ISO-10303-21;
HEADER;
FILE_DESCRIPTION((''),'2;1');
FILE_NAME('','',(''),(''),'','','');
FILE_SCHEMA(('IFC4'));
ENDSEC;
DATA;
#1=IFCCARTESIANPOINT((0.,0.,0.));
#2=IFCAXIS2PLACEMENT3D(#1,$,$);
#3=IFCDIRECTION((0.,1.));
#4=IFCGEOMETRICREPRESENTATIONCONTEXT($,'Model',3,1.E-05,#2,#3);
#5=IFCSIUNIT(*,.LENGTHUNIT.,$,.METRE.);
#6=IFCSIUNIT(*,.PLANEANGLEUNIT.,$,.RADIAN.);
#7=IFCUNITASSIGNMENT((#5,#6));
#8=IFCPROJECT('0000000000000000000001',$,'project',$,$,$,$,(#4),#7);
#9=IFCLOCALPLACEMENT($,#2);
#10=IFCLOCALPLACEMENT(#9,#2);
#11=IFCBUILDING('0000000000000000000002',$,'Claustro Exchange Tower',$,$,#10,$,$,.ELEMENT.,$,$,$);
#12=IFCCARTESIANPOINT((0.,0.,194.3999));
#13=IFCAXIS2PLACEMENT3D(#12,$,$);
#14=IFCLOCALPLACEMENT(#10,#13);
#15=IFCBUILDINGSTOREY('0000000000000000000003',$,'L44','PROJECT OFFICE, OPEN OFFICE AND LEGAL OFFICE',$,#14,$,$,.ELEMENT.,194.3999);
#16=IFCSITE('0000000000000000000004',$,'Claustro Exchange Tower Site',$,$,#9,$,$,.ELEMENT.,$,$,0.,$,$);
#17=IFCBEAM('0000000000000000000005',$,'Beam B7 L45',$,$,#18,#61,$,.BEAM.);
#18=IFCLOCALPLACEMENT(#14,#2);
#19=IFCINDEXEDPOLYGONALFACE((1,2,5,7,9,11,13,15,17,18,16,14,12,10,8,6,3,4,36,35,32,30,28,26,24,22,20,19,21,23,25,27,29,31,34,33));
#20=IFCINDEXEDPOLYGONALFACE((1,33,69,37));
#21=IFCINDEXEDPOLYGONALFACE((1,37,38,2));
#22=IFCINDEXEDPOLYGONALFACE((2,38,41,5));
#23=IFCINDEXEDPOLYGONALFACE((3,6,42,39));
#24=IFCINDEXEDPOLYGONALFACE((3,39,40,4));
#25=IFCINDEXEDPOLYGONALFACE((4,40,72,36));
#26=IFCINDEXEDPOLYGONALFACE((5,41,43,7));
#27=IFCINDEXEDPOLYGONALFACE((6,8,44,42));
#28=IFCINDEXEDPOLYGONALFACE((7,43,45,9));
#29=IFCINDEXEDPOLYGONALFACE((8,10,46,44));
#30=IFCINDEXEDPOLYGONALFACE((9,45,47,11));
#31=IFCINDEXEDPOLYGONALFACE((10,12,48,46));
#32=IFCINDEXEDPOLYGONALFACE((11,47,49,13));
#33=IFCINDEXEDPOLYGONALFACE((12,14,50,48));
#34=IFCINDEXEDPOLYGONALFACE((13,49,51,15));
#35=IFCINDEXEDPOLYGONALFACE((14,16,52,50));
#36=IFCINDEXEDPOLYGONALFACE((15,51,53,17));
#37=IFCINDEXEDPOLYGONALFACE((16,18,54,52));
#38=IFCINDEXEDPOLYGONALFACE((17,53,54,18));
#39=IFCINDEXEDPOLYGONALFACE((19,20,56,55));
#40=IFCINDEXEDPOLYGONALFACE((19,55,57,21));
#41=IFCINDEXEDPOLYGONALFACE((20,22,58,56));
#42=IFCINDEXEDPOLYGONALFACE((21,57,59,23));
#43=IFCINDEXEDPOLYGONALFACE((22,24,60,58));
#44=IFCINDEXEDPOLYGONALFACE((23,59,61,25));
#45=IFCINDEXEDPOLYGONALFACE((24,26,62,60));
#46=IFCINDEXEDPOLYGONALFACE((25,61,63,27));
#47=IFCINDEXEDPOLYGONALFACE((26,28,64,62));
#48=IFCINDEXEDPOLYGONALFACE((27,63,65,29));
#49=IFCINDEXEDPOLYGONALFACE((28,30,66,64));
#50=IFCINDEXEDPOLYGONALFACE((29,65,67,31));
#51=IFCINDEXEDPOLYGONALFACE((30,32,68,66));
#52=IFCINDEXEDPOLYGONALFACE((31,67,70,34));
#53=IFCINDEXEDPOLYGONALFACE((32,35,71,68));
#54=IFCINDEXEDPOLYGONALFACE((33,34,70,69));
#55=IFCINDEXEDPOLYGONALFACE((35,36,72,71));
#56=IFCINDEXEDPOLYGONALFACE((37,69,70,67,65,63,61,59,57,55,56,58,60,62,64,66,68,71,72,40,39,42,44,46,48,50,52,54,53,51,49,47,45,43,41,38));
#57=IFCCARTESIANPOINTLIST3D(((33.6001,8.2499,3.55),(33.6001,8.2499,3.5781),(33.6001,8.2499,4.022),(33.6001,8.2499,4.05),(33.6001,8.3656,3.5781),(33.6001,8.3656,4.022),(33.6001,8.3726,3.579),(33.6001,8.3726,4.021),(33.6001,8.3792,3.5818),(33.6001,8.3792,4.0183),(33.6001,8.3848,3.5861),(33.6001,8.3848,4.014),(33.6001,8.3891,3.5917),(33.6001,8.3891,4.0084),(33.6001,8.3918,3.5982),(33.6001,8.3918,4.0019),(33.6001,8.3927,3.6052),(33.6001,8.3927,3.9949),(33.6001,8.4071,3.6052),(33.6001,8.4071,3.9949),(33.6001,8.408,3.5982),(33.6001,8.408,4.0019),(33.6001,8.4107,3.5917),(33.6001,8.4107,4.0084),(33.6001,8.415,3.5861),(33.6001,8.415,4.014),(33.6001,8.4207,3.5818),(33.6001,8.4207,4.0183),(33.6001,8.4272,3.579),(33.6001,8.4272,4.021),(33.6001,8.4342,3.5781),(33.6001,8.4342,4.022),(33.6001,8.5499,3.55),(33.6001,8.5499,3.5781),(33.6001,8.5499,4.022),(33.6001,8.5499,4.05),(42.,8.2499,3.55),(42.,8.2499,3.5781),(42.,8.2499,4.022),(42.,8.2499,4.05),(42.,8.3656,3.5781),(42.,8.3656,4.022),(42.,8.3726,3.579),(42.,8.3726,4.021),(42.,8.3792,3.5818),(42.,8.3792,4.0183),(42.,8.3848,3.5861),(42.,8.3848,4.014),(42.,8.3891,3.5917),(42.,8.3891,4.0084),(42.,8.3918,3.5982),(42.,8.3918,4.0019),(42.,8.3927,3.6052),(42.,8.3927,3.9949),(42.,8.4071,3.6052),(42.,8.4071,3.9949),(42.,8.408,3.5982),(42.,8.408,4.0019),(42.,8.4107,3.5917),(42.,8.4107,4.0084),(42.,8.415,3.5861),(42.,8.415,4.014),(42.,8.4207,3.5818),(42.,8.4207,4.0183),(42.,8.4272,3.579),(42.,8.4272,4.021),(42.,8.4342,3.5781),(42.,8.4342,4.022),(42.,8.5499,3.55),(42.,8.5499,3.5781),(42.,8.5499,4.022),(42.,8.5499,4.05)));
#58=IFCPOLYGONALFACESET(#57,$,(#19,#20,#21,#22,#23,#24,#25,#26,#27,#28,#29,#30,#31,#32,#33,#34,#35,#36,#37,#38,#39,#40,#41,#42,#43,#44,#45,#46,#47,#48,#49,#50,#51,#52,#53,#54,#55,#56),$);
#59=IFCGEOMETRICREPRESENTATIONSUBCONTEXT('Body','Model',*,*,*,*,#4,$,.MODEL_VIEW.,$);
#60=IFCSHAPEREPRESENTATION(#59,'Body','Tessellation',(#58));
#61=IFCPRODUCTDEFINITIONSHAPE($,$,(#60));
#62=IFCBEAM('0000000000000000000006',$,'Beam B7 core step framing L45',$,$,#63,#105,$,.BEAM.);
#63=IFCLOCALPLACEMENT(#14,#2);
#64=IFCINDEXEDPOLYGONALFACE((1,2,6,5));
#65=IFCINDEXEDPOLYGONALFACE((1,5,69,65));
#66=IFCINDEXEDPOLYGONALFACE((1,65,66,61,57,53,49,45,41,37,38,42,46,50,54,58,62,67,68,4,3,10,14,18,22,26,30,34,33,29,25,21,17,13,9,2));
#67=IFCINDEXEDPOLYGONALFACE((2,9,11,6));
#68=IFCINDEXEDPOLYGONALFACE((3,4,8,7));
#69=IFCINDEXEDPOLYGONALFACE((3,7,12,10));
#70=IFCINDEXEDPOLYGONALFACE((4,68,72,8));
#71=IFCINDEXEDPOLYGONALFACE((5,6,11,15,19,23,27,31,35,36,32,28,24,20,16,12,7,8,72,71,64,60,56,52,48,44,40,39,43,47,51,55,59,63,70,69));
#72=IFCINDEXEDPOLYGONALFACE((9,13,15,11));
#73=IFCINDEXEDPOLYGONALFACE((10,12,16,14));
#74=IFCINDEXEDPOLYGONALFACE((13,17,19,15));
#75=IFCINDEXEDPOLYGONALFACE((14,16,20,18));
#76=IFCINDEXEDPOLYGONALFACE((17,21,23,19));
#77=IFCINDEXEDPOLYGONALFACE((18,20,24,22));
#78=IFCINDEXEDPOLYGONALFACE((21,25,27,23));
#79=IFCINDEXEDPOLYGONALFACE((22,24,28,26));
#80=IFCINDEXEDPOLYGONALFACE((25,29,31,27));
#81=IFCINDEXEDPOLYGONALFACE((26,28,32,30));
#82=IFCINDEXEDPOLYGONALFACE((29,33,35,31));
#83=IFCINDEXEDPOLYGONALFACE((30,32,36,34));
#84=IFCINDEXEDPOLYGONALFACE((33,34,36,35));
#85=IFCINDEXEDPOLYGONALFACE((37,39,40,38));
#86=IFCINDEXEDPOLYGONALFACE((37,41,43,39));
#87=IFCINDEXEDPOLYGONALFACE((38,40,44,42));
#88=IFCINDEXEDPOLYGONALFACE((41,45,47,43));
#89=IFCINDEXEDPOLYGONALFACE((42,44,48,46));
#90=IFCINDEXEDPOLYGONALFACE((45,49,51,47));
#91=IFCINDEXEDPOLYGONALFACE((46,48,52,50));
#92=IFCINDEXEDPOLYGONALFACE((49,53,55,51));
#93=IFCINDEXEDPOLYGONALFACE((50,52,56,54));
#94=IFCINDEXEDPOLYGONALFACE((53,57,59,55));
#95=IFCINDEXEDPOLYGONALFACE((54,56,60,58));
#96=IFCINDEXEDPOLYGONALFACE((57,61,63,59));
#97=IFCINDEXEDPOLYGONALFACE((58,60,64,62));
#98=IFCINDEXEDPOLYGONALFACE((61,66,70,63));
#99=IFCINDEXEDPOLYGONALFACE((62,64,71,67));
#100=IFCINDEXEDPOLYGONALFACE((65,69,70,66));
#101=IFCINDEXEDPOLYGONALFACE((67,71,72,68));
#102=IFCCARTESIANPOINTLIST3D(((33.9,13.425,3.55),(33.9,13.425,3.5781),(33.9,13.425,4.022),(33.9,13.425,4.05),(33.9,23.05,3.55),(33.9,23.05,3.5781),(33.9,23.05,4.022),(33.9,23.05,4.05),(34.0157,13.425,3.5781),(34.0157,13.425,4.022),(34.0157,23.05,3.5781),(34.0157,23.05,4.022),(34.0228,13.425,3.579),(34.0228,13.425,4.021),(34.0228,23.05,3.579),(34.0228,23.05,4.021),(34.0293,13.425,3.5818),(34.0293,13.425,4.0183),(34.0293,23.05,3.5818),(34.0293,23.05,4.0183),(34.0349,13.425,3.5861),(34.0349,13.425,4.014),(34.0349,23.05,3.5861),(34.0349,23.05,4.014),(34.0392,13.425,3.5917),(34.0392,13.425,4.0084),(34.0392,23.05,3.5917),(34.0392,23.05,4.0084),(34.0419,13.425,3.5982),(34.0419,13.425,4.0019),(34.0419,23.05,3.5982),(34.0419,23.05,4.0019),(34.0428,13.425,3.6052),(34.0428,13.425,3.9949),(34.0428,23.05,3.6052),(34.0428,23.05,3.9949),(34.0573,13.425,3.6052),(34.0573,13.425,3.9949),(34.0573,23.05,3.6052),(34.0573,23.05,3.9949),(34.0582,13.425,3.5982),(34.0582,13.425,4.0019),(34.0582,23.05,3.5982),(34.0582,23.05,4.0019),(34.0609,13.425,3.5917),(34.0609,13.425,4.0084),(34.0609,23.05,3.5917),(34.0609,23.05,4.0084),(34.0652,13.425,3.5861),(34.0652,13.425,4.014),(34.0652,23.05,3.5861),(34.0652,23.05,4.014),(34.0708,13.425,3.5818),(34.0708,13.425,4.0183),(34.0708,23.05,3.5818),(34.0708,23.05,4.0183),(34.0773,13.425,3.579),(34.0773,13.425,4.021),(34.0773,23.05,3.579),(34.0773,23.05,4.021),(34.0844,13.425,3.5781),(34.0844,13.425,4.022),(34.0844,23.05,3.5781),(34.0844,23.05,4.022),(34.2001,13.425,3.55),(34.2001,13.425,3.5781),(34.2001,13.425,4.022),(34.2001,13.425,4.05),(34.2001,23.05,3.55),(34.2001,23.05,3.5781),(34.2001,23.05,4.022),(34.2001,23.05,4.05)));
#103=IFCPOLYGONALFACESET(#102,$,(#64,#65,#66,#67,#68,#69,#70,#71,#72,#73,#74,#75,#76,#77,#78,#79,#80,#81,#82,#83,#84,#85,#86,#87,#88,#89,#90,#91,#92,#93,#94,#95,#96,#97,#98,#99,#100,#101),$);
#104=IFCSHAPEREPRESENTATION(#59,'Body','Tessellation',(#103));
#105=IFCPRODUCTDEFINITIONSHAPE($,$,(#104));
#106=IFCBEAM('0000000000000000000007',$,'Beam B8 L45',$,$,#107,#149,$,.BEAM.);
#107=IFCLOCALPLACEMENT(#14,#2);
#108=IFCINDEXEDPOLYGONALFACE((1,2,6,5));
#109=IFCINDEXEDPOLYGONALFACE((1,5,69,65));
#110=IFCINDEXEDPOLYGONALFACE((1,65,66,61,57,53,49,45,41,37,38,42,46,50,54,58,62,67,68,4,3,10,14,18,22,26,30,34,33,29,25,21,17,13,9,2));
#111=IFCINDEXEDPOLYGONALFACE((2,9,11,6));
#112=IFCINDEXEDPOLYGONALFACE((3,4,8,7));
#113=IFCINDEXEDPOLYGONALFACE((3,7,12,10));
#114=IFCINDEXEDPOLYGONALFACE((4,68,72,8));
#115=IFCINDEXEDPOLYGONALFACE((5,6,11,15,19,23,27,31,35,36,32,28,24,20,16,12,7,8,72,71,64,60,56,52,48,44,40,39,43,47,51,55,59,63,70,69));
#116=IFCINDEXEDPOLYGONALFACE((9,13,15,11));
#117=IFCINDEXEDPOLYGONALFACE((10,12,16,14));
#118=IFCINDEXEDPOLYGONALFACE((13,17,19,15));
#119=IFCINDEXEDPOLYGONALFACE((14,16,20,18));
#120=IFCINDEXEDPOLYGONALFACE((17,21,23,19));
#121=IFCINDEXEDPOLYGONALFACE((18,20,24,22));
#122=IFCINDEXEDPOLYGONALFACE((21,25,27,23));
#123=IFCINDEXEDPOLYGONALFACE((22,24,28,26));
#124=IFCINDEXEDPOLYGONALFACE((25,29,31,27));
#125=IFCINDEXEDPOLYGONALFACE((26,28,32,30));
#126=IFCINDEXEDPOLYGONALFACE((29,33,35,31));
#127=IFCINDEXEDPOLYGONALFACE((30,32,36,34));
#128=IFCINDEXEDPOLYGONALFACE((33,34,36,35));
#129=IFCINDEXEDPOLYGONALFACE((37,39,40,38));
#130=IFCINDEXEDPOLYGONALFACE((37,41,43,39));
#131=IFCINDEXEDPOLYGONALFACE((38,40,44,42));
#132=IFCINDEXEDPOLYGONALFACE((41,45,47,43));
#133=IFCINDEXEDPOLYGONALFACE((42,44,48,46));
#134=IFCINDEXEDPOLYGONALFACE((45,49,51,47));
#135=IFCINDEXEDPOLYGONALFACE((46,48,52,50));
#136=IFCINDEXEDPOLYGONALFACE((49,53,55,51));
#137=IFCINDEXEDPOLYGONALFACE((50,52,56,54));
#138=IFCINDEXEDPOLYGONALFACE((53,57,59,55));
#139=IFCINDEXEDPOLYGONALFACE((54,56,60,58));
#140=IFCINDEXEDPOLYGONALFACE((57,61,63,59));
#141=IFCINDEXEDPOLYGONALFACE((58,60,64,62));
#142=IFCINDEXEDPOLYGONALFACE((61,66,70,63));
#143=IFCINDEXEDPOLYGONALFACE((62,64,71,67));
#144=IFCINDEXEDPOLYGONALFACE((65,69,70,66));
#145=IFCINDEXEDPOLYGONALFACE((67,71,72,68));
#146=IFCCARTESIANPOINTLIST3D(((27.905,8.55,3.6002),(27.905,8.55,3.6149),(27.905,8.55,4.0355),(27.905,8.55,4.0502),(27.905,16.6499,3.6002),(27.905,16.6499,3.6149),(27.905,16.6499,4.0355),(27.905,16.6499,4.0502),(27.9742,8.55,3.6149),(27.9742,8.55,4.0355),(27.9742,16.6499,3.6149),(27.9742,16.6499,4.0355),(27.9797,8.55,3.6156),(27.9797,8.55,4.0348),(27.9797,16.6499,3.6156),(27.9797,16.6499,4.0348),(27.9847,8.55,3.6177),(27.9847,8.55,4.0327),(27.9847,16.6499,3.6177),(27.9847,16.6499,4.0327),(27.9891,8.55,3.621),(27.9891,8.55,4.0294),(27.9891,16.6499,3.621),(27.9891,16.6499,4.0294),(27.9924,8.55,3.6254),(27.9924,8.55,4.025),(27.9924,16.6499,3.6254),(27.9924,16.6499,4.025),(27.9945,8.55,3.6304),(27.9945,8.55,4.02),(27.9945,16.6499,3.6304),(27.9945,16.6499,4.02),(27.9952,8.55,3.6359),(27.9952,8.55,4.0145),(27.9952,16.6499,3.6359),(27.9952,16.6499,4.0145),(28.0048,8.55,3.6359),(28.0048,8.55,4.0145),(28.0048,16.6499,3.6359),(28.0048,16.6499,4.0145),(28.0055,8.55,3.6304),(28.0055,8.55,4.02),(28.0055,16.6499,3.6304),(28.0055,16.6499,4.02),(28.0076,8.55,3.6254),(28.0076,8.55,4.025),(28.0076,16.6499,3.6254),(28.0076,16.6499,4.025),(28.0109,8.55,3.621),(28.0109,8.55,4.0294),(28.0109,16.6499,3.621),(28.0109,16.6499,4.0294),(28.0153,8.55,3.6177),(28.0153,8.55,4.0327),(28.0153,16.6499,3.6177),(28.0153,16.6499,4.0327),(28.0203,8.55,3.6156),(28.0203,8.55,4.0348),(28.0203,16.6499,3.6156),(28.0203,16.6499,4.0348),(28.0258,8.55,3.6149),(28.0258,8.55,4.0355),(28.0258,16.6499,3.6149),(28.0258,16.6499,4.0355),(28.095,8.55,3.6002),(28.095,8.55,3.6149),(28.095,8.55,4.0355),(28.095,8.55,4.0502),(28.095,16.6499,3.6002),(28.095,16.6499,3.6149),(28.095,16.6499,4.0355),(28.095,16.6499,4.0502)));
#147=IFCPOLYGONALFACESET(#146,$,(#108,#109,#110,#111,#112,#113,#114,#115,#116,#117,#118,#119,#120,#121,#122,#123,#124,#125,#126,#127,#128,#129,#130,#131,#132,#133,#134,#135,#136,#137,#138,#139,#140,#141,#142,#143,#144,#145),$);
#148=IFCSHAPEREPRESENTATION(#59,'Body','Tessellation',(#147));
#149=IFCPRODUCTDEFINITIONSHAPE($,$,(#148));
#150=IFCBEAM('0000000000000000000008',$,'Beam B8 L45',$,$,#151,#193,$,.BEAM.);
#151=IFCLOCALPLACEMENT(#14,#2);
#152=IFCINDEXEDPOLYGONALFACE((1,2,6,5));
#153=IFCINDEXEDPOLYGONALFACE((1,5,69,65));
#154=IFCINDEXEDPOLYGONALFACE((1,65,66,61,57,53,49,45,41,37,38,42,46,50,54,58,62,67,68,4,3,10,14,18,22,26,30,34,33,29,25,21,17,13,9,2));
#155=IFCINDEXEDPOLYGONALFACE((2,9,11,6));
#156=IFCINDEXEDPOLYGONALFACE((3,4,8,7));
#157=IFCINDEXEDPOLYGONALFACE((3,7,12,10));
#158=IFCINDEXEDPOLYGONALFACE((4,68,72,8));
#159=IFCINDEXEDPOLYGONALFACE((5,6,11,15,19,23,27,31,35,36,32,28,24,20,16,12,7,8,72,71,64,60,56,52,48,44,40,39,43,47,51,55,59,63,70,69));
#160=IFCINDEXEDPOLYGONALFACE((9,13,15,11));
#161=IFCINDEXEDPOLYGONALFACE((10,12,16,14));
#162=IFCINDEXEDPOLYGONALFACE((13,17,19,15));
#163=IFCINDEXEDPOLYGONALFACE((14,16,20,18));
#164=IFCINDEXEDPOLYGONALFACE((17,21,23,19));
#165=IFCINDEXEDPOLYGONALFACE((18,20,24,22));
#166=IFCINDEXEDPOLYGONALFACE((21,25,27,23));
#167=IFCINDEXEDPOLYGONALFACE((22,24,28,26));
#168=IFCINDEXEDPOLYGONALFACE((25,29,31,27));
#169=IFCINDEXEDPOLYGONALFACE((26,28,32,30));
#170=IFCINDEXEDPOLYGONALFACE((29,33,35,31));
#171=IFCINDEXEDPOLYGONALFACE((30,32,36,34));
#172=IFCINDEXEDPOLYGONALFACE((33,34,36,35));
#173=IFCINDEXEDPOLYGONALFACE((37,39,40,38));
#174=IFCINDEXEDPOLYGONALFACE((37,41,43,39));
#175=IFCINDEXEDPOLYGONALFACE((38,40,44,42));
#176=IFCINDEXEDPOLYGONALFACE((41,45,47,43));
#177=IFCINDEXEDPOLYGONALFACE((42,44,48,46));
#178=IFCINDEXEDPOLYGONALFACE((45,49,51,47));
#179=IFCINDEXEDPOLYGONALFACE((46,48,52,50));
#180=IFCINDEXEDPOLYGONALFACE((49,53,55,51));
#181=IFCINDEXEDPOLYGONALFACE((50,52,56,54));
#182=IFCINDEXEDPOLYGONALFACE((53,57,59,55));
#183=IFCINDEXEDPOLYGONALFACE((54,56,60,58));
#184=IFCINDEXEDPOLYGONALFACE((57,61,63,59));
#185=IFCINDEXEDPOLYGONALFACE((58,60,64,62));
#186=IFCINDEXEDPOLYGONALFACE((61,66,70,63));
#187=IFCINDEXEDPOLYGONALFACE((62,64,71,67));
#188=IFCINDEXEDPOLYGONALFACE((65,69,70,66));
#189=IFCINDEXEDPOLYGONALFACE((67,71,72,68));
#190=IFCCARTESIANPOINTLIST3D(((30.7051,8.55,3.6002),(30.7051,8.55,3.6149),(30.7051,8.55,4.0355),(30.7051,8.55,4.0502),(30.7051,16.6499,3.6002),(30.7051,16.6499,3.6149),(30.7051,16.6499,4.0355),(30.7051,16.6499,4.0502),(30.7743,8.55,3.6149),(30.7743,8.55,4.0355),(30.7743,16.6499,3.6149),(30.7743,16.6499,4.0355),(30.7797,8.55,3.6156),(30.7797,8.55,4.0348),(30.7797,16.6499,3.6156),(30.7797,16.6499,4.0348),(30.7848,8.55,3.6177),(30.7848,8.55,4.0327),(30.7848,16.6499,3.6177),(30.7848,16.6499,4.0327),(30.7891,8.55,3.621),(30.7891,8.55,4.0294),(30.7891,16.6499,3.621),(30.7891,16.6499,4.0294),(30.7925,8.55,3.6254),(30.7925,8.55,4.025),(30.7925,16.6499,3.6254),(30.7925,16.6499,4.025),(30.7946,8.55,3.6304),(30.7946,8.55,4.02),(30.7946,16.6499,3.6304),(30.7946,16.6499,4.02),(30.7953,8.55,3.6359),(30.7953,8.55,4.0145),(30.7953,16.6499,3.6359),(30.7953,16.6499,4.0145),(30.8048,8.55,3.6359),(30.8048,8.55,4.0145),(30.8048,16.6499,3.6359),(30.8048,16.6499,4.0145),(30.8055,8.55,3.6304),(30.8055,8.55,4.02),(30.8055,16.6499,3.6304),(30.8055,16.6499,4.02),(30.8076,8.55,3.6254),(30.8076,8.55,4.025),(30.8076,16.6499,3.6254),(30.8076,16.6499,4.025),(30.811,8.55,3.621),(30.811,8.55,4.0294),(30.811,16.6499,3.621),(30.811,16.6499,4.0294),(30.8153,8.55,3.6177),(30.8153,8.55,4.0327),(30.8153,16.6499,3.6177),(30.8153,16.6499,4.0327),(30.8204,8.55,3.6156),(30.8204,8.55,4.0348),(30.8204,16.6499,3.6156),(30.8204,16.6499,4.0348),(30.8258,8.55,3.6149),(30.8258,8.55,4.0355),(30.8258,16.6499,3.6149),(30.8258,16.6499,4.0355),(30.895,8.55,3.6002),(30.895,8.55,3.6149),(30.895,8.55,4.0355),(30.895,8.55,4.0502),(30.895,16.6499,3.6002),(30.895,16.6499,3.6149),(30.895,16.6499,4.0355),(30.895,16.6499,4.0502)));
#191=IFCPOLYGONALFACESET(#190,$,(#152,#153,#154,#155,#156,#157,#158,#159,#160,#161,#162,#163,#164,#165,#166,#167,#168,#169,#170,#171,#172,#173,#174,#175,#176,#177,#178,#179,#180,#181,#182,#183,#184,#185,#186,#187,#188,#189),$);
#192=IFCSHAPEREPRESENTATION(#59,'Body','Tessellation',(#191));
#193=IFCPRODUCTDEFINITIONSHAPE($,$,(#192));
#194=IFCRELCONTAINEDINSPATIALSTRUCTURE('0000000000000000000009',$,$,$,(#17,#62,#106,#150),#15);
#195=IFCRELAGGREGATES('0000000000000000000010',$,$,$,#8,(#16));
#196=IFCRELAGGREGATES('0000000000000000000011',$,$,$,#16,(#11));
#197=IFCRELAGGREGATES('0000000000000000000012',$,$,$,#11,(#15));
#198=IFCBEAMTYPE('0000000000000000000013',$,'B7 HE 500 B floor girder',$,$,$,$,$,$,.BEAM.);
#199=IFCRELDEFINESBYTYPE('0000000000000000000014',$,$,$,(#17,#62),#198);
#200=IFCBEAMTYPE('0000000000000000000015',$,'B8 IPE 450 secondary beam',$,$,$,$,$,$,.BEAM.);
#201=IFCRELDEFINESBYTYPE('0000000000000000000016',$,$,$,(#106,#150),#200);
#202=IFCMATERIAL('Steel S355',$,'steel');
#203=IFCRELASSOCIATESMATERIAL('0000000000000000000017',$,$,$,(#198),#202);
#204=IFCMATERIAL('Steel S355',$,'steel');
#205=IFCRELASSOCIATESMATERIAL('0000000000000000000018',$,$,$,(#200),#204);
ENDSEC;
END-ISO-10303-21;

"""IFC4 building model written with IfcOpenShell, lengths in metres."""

from ifc_helpers import new_model, si_unit, direction, frame, origin, origin_2d, place, context, subcontext, project, spatial, i_section, extrude, material, material_profile, profile_set, type_object, element, save


model = new_model("IFC4")

# Units and contexts
model_context = context("Model", 3, precision=1e-05, world=origin(), true_north=direction((0.0, 1.0)))
body_context = subcontext(model_context, "Body", "Model", "MODEL_VIEW")
ifc_project = project(units=[si_unit("LENGTHUNIT", "METRE"), si_unit("PLANEANGLEUNIT", "RADIAN")], contexts=[model_context])

# Site, building, storey
site_placement = place(None, origin())
site = spatial("IfcSite", under=ifc_project, at=site_placement, Name="Claustro Exchange Tower Site", CompositionType="ELEMENT", RefElevation=0.0)
building_placement = place(site_placement, origin())
building = spatial("IfcBuilding", under=site, at=building_placement, Name="Claustro Exchange Tower", CompositionType="ELEMENT")
storey_placement = place(building_placement, frame((0.0, 0.0, 194.3999)))
storey = spatial("IfcBuildingStorey", under=building, at=storey_placement, Name="L44", Description="PROJECT OFFICE, OPEN OFFICE AND LEGAL OFFICE", CompositionType="ELEMENT", Elevation=194.3999)

# Beams
ifc_material_1 = material(Name="Steel S355", Category="steel")
ifc_material_profile_1 = material_profile(ifc_material_1, i_section(OverallWidth=0.3, OverallDepth=0.5, WebThickness=0.0144, FlangeThickness=0.0281, FilletRadius=0.0271, at=origin_2d()), Name="HE 500 B")
ifc_profile_set_1 = profile_set([ifc_material_profile_1], Name="Steel S355")
beam_type_1 = type_object("IfcBeamType", Name="B7 HE 500 B floor girder", PredefinedType="BEAM", material=ifc_profile_set_1)
beam_1_placement = place(storey_placement, frame((33.6001, 8.3999, 3.8), z_axis=(1.0, 0.0, 0.0), x_axis=(0.0, 1.0, 0.0)))
element("IfcBeam", 1, at=beam_1_placement, inside=storey, type_object=beam_type_1, Name="Beam B7 L45", PredefinedType="BEAM", context=body_context, shape_type="SweptSolid", body=[
    extrude(i_section(OverallWidth=0.3, OverallDepth=0.5, WebThickness=0.0144, FlangeThickness=0.0281, FilletRadius=0.0271, at=origin_2d()), origin(), (0.0, 0.0, 1.0), 8.3999),
])
beam_2_placement = place(storey_placement, frame((34.05, 13.425, 3.8), z_axis=(0.0, 1.0, 0.0), x_axis=(-1.0, 0.0, 0.0)))
element("IfcBeam", 2, at=beam_2_placement, inside=storey, type_object=beam_type_1, Name="Beam B7 core step framing L45", PredefinedType="BEAM", context=body_context, shape_type="SweptSolid", body=[
    extrude(i_section(OverallWidth=0.3, OverallDepth=0.5, WebThickness=0.0144, FlangeThickness=0.0281, FilletRadius=0.0271, at=origin_2d()), origin(), (0.0, 0.0, 1.0), 9.625),
])
ifc_material_2 = material(Name="Steel S355", Category="steel")
ifc_material_profile_2 = material_profile(ifc_material_2, i_section(OverallWidth=0.1899, OverallDepth=0.45, WebThickness=0.0095, FlangeThickness=0.0146, FilletRadius=0.021, at=origin_2d()), Name="IPE 450")
ifc_profile_set_2 = profile_set([ifc_material_profile_2], Name="Steel S355")
beam_type_2 = type_object("IfcBeamType", Name="B8 IPE 450 secondary beam", PredefinedType="BEAM", material=ifc_profile_set_2)
for number, where, z_axis, x_axis, name in (
    (3, (28.0, 8.55, 3.8252), (0.0, 1.0, 0.0), (-1.0, 0.0, 0.0), "Beam B8 L45"),
    (4, (30.8, 8.55, 3.8252), (0.0, 1.0, 0.0), (-1.0, 0.0, 0.0), "Beam B8 L45"),
):
    element("IfcBeam", number, at=place(storey_placement, frame(where, z_axis=z_axis, x_axis=x_axis)), inside=storey, type_object=beam_type_2, Name=name, PredefinedType="BEAM", context=body_context, shape_type="SweptSolid", body=[
        extrude(i_section(OverallWidth=0.1899, OverallDepth=0.45, WebThickness=0.0095, FlangeThickness=0.0146, FilletRadius=0.021, at=origin_2d()), origin(), (0.0, 0.0, 1.0), 8.0999),
    ])

save(model, "model.ifc")
